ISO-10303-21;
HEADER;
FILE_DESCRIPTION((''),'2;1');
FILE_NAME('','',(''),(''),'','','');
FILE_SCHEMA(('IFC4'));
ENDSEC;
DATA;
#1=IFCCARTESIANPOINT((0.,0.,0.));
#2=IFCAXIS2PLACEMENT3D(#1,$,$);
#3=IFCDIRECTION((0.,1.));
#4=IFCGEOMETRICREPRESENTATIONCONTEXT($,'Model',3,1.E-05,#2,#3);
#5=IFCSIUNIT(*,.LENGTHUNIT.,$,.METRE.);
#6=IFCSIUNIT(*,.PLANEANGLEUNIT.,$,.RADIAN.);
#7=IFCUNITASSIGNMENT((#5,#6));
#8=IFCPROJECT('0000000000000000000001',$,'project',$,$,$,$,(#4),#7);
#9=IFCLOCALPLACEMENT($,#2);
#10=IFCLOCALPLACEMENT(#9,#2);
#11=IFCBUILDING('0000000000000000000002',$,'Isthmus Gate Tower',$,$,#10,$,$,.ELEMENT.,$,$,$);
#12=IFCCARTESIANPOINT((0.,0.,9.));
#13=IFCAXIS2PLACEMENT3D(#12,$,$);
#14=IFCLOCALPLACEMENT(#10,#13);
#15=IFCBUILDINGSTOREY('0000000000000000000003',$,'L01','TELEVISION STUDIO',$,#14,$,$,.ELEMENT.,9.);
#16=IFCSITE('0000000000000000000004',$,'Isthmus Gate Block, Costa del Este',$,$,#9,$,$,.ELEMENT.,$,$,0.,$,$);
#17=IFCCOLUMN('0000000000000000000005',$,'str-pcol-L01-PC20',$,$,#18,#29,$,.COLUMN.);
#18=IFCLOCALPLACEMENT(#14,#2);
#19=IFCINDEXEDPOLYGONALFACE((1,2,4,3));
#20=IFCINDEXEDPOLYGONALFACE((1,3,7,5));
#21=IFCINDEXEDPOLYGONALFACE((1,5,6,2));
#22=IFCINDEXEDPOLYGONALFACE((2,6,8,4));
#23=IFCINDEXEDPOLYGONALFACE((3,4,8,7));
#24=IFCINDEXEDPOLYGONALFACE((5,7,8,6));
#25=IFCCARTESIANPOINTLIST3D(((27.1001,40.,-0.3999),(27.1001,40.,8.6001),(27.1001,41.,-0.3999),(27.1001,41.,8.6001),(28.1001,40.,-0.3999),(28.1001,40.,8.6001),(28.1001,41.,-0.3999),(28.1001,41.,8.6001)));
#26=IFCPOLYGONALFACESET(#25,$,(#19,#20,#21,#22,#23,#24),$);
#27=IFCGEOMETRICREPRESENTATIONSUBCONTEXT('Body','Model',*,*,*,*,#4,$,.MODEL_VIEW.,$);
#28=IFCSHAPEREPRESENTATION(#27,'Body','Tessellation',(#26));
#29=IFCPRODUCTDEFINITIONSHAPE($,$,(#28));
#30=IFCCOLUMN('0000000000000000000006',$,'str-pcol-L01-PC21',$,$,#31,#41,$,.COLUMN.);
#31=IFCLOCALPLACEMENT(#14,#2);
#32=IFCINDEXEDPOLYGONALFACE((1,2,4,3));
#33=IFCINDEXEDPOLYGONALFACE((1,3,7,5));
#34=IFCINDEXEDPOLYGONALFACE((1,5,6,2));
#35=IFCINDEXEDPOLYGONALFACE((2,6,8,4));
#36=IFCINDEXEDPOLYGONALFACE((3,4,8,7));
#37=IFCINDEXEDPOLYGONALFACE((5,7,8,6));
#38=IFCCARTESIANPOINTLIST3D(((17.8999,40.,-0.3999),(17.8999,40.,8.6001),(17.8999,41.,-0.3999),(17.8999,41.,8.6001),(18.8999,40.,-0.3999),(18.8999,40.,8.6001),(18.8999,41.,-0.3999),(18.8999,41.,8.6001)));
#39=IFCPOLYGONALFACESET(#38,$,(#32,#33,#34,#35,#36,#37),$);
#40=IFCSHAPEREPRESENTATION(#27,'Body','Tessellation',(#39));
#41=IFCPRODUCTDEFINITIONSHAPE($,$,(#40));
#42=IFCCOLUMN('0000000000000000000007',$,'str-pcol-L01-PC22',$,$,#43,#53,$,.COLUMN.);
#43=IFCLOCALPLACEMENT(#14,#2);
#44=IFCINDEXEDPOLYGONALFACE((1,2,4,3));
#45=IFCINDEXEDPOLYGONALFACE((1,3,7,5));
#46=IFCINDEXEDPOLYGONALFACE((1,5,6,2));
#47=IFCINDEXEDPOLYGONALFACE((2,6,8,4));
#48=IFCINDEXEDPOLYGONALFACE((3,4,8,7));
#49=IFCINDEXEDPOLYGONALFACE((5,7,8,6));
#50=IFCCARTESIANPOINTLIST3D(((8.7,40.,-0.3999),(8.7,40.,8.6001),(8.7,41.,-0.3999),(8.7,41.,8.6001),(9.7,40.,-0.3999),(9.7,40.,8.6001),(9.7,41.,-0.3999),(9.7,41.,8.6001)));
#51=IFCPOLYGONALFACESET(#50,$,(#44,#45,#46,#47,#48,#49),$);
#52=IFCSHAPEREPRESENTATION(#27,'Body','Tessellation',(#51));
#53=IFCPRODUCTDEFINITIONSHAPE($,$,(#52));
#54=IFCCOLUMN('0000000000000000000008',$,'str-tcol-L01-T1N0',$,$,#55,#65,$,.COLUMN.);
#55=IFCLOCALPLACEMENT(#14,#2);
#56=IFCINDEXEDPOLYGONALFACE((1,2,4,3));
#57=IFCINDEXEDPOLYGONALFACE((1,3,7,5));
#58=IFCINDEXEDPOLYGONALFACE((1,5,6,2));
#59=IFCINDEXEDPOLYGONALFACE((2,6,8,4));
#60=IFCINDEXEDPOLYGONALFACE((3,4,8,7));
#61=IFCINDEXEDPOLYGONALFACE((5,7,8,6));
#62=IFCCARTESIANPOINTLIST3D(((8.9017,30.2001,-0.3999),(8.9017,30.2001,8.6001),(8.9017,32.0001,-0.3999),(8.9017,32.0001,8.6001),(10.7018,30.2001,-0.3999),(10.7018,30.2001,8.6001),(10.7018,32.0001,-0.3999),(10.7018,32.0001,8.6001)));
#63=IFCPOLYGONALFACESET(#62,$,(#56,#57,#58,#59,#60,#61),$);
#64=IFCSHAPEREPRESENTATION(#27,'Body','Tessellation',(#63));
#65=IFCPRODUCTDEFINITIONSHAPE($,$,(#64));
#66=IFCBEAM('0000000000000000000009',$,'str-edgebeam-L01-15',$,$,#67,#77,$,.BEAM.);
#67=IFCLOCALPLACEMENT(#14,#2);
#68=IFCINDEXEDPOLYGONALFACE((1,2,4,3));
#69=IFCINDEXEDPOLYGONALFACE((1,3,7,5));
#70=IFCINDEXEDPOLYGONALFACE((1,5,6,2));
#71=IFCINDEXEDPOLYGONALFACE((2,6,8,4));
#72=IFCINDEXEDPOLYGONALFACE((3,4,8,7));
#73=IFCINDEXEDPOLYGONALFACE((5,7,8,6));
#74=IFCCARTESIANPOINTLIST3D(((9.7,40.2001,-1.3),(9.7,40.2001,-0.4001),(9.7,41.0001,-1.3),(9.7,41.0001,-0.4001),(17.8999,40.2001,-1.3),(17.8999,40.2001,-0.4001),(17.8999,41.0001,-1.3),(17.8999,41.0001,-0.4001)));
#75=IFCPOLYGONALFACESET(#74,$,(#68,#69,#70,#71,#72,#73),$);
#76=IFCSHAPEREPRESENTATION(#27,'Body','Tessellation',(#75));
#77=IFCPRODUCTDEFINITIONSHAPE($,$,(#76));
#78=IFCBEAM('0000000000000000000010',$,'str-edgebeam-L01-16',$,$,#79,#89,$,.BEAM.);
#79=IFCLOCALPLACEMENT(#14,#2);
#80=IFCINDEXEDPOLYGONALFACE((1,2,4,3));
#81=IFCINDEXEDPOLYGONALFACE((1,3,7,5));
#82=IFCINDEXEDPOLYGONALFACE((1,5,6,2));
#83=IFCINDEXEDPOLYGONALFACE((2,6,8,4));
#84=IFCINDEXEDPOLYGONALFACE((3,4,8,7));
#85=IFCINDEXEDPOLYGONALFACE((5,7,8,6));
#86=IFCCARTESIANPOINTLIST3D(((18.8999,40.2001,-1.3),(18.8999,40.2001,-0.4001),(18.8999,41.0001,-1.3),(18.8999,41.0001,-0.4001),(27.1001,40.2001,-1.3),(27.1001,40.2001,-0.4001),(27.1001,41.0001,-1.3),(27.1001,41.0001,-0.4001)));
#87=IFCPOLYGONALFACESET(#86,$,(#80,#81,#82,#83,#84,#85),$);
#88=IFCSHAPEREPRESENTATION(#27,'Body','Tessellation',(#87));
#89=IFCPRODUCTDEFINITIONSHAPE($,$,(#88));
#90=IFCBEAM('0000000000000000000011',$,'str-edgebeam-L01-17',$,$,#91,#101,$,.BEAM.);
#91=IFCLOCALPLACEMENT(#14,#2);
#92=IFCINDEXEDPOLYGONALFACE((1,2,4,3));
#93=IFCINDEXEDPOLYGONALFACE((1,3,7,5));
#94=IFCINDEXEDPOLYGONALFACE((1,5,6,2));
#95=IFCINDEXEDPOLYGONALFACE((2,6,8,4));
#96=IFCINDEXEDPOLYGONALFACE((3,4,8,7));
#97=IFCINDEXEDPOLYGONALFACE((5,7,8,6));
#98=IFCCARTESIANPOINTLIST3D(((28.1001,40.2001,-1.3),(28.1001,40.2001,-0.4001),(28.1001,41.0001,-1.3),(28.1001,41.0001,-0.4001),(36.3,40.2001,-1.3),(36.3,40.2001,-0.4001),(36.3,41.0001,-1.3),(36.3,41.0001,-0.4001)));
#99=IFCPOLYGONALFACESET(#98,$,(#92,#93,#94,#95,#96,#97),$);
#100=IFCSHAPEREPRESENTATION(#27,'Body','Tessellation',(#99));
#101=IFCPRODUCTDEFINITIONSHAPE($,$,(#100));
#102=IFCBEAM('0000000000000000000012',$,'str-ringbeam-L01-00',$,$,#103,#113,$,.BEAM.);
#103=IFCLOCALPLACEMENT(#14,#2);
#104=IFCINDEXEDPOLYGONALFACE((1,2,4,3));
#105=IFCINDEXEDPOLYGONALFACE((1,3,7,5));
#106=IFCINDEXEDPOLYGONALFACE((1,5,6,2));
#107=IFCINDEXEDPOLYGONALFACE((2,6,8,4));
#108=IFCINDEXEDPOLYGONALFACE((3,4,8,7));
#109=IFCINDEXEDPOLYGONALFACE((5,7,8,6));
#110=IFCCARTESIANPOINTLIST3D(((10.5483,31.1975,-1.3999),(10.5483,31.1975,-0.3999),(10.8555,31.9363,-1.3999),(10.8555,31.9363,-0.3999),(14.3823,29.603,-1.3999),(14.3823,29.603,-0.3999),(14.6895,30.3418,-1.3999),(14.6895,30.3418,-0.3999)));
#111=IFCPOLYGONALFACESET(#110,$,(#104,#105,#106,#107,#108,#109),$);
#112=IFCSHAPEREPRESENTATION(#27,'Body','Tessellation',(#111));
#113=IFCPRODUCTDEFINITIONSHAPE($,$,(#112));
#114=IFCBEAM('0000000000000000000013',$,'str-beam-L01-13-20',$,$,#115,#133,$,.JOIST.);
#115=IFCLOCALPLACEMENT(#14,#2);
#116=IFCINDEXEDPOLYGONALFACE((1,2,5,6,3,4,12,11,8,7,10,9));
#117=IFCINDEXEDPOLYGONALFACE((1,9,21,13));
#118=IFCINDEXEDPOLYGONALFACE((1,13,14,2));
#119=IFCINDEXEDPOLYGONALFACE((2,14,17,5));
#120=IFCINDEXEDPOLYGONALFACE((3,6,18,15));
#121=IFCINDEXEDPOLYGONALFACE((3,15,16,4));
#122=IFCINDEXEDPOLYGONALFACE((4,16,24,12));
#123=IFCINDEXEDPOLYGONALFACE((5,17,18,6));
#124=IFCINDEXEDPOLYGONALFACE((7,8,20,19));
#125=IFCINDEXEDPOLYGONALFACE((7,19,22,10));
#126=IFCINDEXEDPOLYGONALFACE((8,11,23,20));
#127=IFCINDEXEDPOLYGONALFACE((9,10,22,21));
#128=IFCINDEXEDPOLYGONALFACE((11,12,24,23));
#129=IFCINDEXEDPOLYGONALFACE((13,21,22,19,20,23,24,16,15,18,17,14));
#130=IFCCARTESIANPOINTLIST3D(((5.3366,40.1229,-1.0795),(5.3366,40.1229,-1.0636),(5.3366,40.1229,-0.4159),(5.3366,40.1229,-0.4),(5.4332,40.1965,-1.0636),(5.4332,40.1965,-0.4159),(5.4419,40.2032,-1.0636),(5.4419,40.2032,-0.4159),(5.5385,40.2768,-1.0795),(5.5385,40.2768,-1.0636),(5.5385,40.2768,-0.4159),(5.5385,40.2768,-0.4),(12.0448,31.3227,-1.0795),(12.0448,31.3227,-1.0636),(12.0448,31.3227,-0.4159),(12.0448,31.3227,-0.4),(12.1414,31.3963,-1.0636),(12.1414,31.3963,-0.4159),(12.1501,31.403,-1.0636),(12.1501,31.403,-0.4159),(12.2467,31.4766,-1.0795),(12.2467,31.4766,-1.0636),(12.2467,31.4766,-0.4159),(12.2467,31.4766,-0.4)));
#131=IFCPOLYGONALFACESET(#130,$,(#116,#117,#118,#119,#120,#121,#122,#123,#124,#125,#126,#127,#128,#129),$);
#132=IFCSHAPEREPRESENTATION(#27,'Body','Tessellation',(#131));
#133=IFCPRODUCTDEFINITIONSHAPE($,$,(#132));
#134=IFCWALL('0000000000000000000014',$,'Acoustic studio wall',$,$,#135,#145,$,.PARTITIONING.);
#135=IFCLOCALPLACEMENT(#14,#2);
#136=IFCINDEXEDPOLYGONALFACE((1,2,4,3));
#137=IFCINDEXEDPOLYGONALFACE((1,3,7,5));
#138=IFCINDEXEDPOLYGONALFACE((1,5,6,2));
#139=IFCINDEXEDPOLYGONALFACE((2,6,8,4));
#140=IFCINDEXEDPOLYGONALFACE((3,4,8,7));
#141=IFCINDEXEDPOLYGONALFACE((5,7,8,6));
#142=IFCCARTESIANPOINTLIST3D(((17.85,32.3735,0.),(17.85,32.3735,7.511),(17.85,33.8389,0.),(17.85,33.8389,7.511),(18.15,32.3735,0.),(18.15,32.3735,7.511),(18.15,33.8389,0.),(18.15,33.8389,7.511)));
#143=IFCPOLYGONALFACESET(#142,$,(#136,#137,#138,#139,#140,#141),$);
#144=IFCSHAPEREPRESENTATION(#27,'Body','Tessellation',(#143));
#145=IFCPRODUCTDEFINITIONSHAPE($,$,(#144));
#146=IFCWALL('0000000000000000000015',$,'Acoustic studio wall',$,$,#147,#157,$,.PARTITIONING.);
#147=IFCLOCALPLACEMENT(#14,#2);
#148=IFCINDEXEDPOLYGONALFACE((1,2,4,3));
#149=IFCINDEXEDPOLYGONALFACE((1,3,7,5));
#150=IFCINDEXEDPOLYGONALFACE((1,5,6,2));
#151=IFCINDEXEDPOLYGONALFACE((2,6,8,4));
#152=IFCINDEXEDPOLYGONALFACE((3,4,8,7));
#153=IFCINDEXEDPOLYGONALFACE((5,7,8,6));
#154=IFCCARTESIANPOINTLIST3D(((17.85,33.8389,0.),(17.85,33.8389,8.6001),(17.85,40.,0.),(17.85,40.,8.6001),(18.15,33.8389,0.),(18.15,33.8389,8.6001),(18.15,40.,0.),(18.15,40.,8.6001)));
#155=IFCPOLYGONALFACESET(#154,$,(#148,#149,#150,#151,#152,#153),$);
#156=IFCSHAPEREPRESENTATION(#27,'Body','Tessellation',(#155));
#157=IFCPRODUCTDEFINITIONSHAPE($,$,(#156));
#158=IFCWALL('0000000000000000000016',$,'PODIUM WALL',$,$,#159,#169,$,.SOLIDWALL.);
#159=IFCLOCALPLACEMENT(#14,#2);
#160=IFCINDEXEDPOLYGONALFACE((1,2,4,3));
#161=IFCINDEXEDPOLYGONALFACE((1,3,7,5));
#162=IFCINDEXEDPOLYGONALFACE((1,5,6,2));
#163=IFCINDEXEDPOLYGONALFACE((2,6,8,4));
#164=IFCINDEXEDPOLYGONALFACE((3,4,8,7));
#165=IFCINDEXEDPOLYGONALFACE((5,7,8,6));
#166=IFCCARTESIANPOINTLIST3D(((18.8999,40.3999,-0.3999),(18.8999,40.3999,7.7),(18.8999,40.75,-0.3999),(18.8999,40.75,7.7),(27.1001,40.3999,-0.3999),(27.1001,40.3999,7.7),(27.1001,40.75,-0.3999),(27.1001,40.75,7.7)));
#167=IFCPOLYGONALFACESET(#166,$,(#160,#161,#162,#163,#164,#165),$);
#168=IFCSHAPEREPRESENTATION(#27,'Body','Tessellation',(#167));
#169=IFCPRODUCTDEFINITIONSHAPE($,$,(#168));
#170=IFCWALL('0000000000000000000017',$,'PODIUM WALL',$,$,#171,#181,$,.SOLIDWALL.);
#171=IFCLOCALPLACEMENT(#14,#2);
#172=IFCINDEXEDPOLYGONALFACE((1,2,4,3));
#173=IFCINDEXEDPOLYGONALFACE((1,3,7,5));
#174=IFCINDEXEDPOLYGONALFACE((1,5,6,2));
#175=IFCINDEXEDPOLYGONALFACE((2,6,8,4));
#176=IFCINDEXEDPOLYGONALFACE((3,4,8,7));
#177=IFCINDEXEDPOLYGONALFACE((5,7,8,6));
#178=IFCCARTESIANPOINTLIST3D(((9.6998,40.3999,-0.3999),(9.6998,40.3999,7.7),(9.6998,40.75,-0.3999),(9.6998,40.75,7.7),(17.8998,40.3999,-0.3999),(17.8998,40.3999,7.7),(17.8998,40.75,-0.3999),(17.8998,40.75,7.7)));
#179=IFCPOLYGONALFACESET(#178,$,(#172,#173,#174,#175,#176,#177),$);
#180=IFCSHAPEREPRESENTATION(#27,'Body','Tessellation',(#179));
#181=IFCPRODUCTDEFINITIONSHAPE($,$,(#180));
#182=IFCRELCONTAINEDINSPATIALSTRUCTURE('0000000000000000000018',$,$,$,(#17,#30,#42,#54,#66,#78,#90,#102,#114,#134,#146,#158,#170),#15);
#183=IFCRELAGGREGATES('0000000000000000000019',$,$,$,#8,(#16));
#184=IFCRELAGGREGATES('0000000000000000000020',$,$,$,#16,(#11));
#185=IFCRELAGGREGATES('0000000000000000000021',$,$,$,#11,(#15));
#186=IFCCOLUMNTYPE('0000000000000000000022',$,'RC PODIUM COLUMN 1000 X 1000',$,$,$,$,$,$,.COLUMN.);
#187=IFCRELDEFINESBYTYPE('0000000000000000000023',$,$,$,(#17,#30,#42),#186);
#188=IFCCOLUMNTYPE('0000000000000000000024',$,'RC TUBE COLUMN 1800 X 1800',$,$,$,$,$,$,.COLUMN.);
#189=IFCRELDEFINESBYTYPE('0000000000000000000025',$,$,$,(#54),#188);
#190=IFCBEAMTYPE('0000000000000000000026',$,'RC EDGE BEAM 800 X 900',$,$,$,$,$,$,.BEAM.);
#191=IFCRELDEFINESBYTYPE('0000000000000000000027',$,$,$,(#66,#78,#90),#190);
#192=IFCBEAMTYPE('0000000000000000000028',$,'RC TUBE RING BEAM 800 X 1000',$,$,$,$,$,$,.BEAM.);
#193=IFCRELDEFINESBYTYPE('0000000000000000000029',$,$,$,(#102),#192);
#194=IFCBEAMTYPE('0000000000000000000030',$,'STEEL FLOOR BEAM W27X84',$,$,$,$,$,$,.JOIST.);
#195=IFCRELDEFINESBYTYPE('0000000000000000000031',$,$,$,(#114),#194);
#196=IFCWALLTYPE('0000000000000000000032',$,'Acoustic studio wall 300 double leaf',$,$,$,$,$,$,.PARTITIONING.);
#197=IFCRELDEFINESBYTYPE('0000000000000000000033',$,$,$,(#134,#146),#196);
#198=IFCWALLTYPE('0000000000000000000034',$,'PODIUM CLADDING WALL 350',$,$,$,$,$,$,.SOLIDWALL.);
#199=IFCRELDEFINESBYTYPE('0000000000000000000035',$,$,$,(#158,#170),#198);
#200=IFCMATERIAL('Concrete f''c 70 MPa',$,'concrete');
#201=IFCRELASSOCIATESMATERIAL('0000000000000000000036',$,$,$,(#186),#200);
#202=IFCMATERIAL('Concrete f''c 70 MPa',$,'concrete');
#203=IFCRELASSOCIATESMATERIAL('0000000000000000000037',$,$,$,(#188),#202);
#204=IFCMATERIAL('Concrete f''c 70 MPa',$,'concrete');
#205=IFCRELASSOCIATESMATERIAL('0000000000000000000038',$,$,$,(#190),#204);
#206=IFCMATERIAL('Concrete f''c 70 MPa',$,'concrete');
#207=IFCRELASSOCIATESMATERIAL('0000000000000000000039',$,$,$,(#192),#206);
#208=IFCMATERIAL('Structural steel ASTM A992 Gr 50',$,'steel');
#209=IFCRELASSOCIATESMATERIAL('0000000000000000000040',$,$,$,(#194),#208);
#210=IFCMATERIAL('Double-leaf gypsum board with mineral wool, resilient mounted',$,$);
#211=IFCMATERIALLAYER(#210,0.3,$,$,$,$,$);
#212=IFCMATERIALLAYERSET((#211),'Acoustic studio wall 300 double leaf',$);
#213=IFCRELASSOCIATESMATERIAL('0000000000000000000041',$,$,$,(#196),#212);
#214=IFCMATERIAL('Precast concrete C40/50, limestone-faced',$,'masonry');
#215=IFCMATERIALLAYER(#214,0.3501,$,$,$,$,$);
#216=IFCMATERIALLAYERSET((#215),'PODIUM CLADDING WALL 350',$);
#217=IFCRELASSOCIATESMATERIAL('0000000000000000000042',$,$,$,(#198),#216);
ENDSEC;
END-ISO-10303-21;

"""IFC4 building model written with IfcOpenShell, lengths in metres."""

from ifc_helpers import new_model, si_unit, direction, frame, frame_2d, origin, origin_2d, place, context, subcontext, project, spatial, rectangle, i_section, extrude, material, layer, layer_set, material_profile, profile_set, type_object, element, save


model = new_model("IFC4")

# Units and contexts
model_context = context("Model", 3, precision=1e-05, world=origin(), true_north=direction((0.0, 1.0)))
body_context = subcontext(model_context, "Body", "Model", "MODEL_VIEW")
ifc_project = project(units=[si_unit("LENGTHUNIT", "METRE"), si_unit("PLANEANGLEUNIT", "RADIAN")], contexts=[model_context])

# Site, building, storey
site_placement = place(None, origin())
site = spatial("IfcSite", under=ifc_project, at=site_placement, Name="Isthmus Gate Block, Costa del Este", CompositionType="ELEMENT", RefElevation=0.0)
building_placement = place(site_placement, origin())
building = spatial("IfcBuilding", under=site, at=building_placement, Name="Isthmus Gate Tower", CompositionType="ELEMENT")
storey_placement = place(building_placement, frame((0.0, 0.0, 9.0)))
storey = spatial("IfcBuildingStorey", under=building, at=storey_placement, Name="L01", Description="TELEVISION STUDIO", CompositionType="ELEMENT", Elevation=9.0)

# Columns
ifc_material_1 = material(Name="Concrete f'c 70 MPa", Category="concrete")
ifc_material_profile_1 = material_profile(ifc_material_1, rectangle(XDim=1.0, YDim=1.0, at=origin_2d()), Name="RC 1000X1000")
ifc_profile_set_1 = profile_set([ifc_material_profile_1], Name="Concrete f'c 70 MPa")
column_type_1 = type_object("IfcColumnType", Name="RC PODIUM COLUMN 1000 X 1000", PredefinedType="COLUMN", material=ifc_profile_set_1)
for number, where, z_axis, x_axis, name in (
    (1, (27.6001, 40.5, -0.3999), (0.0, 0.0, 1.0), (-1.0, 0.0, 0.0), "str-pcol-L01-PC20"),
    (2, (18.3999, 40.5, -0.3999), (0.0, 0.0, 1.0), (-1.0, 0.0, 0.0), "str-pcol-L01-PC21"),
    (3, (9.2, 40.5, -0.3999), (0.0, 0.0, 1.0), (-1.0, 0.0, 0.0), "str-pcol-L01-PC22"),
):
    element("IfcColumn", number, at=place(storey_placement, frame(where, z_axis=z_axis, x_axis=x_axis)), inside=storey, type_object=column_type_1, Name=name, PredefinedType="COLUMN", context=body_context, shape_type="SweptSolid", body=[
        extrude(rectangle(XDim=1.0, YDim=1.0, at=origin_2d()), origin(), (0.0, 0.0, 1.0), 9.0),
    ])
ifc_material_2 = material(Name="Concrete f'c 70 MPa", Category="concrete")
ifc_material_profile_2 = material_profile(ifc_material_2, rectangle(XDim=1.8, YDim=1.8, at=origin_2d()), Name="RC 1800X1800")
ifc_profile_set_2 = profile_set([ifc_material_profile_2], Name="Concrete f'c 70 MPa")
column_type_2 = type_object("IfcColumnType", Name="RC TUBE COLUMN 1800 X 1800", PredefinedType="COLUMN", material=ifc_profile_set_2)
column_placement = place(storey_placement, frame((9.8018, 31.1001, -0.3999), z_axis=(0.0, 0.0, 1.0), x_axis=(-1.0, 0.0, 0.0)))
element("IfcColumn", 4, at=column_placement, inside=storey, type_object=column_type_2, Name="str-tcol-L01-T1N0", PredefinedType="COLUMN", context=body_context, shape_type="SweptSolid", body=[
    extrude(rectangle(XDim=1.8, YDim=1.8, at=origin_2d()), origin(), (0.0, 0.0, 1.0), 9.0),
])

# Beams
ifc_material_3 = material(Name="Concrete f'c 70 MPa", Category="concrete")
ifc_material_profile_3 = material_profile(ifc_material_3, rectangle(XDim=0.8, YDim=0.8999, at=origin_2d()), Name="RC 800X900")
ifc_profile_set_3 = profile_set([ifc_material_profile_3], Name="Concrete f'c 70 MPa")
beam_type_1 = type_object("IfcBeamType", Name="RC EDGE BEAM 800 X 900", PredefinedType="BEAM", material=ifc_profile_set_3)
beam_1_placement = place(storey_placement, frame((9.7, 40.6001, -0.8501), z_axis=(1.0, 0.0, 0.0), x_axis=(0.0, 1.0, 0.0)))
element("IfcBeam", 5, at=beam_1_placement, inside=storey, type_object=beam_type_1, Name="str-edgebeam-L01-15", PredefinedType="BEAM", context=body_context, shape_type="SweptSolid", body=[
    extrude(rectangle(XDim=0.8, YDim=0.8999, at=origin_2d()), origin(), (0.0, 0.0, 1.0), 8.2),
])
beam_2_placement = place(storey_placement, frame((18.8999, 40.6001, -0.8501), z_axis=(1.0, 0.0, 0.0), x_axis=(0.0, 1.0, 0.0)))
element("IfcBeam", 6, at=beam_2_placement, inside=storey, type_object=beam_type_1, Name="str-edgebeam-L01-16", PredefinedType="BEAM", context=body_context, shape_type="SweptSolid", body=[
    extrude(rectangle(XDim=0.8, YDim=0.8999, at=origin_2d()), origin(), (0.0, 0.0, 1.0), 8.2002),
])
beam_3_placement = place(storey_placement, frame((28.1001, 40.6001, -0.8501), z_axis=(1.0, 0.0, 0.0), x_axis=(0.0, 1.0, 0.0)))
element("IfcBeam", 7, at=beam_3_placement, inside=storey, type_object=beam_type_1, Name="str-edgebeam-L01-17", PredefinedType="BEAM", context=body_context, shape_type="SweptSolid", body=[
    extrude(rectangle(XDim=0.8, YDim=0.8999, at=origin_2d()), origin(), (0.0, 0.0, 1.0), 8.2),
])
ifc_material_4 = material(Name="Concrete f'c 70 MPa", Category="concrete")
ifc_material_profile_4 = material_profile(ifc_material_4, rectangle(XDim=0.8, YDim=1.0, at=origin_2d()), Name="RC 800X1000")
ifc_profile_set_4 = profile_set([ifc_material_profile_4], Name="Concrete f'c 70 MPa")
beam_type_2 = type_object("IfcBeamType", Name="RC TUBE RING BEAM 800 X 1000", PredefinedType="BEAM", material=ifc_profile_set_4)
beam_4_placement = place(storey_placement, frame((10.7019, 31.5669, -0.8999), z_axis=(0.923334, -0.383997, 0.0), x_axis=(0.383997, 0.923334, 0.0)))
element("IfcBeam", 8, at=beam_4_placement, inside=storey, type_object=beam_type_2, Name="str-ringbeam-L01-00", PredefinedType="BEAM", context=body_context, shape_type="SweptSolid", body=[
    extrude(rectangle(XDim=0.8, YDim=1.0, at=origin_2d()), origin(), (0.0, 0.0, 1.0), 4.1523),
])
ifc_material_5 = material(Name="Structural steel ASTM A992 Gr 50", Category="steel")
ifc_material_profile_5 = material_profile(ifc_material_5, i_section(OverallWidth=0.2539, OverallDepth=0.6794, WebThickness=0.011, FlangeThickness=0.0159, at=origin_2d()), Name="W27X84")
ifc_profile_set_5 = profile_set([ifc_material_profile_5], Name="Structural steel ASTM A992 Gr 50")
beam_type_3 = type_object("IfcBeamType", Name="STEEL FLOOR BEAM W27X84", PredefinedType="JOIST", material=ifc_profile_set_5)
beam_5_placement = place(storey_placement, frame((12.1458, 31.3997, -0.7397), z_axis=(-0.60623, 0.795289, 0.0), x_axis=(-0.795289, -0.60623, 0.0)))
element("IfcBeam", 9, at=beam_5_placement, inside=storey, type_object=beam_type_3, Name="str-beam-L01-13-20", PredefinedType="JOIST", context=body_context, shape_type="SweptSolid", body=[
    extrude(i_section(OverallWidth=0.2539, OverallDepth=0.6794, WebThickness=0.011, FlangeThickness=0.0159, at=origin_2d()), origin(), (0.0, 0.0, 1.0), 11.0654),
])

# Walls
ifc_material_6 = material(Name="Double-leaf gypsum board with mineral wool, resilient mounted")
ifc_layer_1 = layer(ifc_material_6, 0.3)
ifc_layer_set_1 = layer_set([ifc_layer_1], Name="Acoustic studio wall 300 double leaf")
wall_type_1 = type_object("IfcWallType", Name="Acoustic studio wall 300 double leaf", PredefinedType="PARTITIONING", material=ifc_layer_set_1)
wall_1_placement = place(storey_placement, frame((18.0, 32.3735, 0.0), z_axis=(0.0, 0.0, 1.0), x_axis=(0.0, 1.0, 0.0)))
element("IfcWall", 10, at=wall_1_placement, inside=storey, type_object=wall_type_1, Name="Acoustic studio wall", PredefinedType="PARTITIONING", context=body_context, shape_type="SweptSolid", body=[
    extrude(rectangle(XDim=1.4653, YDim=0.3, at=frame_2d((0.7327, 0.0))), origin(), (0.0, 0.0, 1.0), 7.511),
])
wall_2_placement = place(storey_placement, frame((18.0, 33.8389, 0.0), z_axis=(0.0, 0.0, 1.0), x_axis=(0.0, 1.0, 0.0)))
element("IfcWall", 11, at=wall_2_placement, inside=storey, type_object=wall_type_1, Name="Acoustic studio wall", PredefinedType="PARTITIONING", context=body_context, shape_type="SweptSolid", body=[
    extrude(rectangle(XDim=6.1611, YDim=0.3, at=frame_2d((3.0806, 0.0))), origin(), (0.0, 0.0, 1.0), 8.6001),
])
ifc_material_7 = material(Name="Precast concrete C40/50, limestone-faced", Category="masonry")
ifc_layer_2 = layer(ifc_material_7, 0.3501)
ifc_layer_set_2 = layer_set([ifc_layer_2], Name="PODIUM CLADDING WALL 350")
wall_type_2 = type_object("IfcWallType", Name="PODIUM CLADDING WALL 350", PredefinedType="SOLIDWALL", material=ifc_layer_set_2)
wall_3_placement = place(storey_placement, frame((27.1001, 40.575, -0.3999), z_axis=(0.0, 0.0, 1.0), x_axis=(-1.0, 0.0, 0.0)))
element("IfcWall", 12, at=wall_3_placement, inside=storey, type_object=wall_type_2, Name="PODIUM WALL", PredefinedType="SOLIDWALL", context=body_context, shape_type="SweptSolid", body=[
    extrude(rectangle(XDim=8.2002, YDim=0.3501, at=frame_2d((4.1001, 0.0))), origin(), (0.0, 0.0, 1.0), 8.0999),
])
for number, where, z_axis, x_axis, name in (
    (13, (17.8999, 40.575, -0.3999), (0.0, 0.0, 1.0), (-1.0, 0.0, 0.0), "PODIUM WALL"),
):
    element("IfcWall", number, at=place(storey_placement, frame(where, z_axis=z_axis, x_axis=x_axis)), inside=storey, type_object=wall_type_2, Name=name, PredefinedType="SOLIDWALL", context=body_context, shape_type="SweptSolid", body=[
        extrude(rectangle(XDim=8.2, YDim=0.3501, at=frame_2d((4.1001, 0.0))), origin(), (0.0, 0.0, 1.0), 8.0999),
    ])

save(model, "model.ifc")
